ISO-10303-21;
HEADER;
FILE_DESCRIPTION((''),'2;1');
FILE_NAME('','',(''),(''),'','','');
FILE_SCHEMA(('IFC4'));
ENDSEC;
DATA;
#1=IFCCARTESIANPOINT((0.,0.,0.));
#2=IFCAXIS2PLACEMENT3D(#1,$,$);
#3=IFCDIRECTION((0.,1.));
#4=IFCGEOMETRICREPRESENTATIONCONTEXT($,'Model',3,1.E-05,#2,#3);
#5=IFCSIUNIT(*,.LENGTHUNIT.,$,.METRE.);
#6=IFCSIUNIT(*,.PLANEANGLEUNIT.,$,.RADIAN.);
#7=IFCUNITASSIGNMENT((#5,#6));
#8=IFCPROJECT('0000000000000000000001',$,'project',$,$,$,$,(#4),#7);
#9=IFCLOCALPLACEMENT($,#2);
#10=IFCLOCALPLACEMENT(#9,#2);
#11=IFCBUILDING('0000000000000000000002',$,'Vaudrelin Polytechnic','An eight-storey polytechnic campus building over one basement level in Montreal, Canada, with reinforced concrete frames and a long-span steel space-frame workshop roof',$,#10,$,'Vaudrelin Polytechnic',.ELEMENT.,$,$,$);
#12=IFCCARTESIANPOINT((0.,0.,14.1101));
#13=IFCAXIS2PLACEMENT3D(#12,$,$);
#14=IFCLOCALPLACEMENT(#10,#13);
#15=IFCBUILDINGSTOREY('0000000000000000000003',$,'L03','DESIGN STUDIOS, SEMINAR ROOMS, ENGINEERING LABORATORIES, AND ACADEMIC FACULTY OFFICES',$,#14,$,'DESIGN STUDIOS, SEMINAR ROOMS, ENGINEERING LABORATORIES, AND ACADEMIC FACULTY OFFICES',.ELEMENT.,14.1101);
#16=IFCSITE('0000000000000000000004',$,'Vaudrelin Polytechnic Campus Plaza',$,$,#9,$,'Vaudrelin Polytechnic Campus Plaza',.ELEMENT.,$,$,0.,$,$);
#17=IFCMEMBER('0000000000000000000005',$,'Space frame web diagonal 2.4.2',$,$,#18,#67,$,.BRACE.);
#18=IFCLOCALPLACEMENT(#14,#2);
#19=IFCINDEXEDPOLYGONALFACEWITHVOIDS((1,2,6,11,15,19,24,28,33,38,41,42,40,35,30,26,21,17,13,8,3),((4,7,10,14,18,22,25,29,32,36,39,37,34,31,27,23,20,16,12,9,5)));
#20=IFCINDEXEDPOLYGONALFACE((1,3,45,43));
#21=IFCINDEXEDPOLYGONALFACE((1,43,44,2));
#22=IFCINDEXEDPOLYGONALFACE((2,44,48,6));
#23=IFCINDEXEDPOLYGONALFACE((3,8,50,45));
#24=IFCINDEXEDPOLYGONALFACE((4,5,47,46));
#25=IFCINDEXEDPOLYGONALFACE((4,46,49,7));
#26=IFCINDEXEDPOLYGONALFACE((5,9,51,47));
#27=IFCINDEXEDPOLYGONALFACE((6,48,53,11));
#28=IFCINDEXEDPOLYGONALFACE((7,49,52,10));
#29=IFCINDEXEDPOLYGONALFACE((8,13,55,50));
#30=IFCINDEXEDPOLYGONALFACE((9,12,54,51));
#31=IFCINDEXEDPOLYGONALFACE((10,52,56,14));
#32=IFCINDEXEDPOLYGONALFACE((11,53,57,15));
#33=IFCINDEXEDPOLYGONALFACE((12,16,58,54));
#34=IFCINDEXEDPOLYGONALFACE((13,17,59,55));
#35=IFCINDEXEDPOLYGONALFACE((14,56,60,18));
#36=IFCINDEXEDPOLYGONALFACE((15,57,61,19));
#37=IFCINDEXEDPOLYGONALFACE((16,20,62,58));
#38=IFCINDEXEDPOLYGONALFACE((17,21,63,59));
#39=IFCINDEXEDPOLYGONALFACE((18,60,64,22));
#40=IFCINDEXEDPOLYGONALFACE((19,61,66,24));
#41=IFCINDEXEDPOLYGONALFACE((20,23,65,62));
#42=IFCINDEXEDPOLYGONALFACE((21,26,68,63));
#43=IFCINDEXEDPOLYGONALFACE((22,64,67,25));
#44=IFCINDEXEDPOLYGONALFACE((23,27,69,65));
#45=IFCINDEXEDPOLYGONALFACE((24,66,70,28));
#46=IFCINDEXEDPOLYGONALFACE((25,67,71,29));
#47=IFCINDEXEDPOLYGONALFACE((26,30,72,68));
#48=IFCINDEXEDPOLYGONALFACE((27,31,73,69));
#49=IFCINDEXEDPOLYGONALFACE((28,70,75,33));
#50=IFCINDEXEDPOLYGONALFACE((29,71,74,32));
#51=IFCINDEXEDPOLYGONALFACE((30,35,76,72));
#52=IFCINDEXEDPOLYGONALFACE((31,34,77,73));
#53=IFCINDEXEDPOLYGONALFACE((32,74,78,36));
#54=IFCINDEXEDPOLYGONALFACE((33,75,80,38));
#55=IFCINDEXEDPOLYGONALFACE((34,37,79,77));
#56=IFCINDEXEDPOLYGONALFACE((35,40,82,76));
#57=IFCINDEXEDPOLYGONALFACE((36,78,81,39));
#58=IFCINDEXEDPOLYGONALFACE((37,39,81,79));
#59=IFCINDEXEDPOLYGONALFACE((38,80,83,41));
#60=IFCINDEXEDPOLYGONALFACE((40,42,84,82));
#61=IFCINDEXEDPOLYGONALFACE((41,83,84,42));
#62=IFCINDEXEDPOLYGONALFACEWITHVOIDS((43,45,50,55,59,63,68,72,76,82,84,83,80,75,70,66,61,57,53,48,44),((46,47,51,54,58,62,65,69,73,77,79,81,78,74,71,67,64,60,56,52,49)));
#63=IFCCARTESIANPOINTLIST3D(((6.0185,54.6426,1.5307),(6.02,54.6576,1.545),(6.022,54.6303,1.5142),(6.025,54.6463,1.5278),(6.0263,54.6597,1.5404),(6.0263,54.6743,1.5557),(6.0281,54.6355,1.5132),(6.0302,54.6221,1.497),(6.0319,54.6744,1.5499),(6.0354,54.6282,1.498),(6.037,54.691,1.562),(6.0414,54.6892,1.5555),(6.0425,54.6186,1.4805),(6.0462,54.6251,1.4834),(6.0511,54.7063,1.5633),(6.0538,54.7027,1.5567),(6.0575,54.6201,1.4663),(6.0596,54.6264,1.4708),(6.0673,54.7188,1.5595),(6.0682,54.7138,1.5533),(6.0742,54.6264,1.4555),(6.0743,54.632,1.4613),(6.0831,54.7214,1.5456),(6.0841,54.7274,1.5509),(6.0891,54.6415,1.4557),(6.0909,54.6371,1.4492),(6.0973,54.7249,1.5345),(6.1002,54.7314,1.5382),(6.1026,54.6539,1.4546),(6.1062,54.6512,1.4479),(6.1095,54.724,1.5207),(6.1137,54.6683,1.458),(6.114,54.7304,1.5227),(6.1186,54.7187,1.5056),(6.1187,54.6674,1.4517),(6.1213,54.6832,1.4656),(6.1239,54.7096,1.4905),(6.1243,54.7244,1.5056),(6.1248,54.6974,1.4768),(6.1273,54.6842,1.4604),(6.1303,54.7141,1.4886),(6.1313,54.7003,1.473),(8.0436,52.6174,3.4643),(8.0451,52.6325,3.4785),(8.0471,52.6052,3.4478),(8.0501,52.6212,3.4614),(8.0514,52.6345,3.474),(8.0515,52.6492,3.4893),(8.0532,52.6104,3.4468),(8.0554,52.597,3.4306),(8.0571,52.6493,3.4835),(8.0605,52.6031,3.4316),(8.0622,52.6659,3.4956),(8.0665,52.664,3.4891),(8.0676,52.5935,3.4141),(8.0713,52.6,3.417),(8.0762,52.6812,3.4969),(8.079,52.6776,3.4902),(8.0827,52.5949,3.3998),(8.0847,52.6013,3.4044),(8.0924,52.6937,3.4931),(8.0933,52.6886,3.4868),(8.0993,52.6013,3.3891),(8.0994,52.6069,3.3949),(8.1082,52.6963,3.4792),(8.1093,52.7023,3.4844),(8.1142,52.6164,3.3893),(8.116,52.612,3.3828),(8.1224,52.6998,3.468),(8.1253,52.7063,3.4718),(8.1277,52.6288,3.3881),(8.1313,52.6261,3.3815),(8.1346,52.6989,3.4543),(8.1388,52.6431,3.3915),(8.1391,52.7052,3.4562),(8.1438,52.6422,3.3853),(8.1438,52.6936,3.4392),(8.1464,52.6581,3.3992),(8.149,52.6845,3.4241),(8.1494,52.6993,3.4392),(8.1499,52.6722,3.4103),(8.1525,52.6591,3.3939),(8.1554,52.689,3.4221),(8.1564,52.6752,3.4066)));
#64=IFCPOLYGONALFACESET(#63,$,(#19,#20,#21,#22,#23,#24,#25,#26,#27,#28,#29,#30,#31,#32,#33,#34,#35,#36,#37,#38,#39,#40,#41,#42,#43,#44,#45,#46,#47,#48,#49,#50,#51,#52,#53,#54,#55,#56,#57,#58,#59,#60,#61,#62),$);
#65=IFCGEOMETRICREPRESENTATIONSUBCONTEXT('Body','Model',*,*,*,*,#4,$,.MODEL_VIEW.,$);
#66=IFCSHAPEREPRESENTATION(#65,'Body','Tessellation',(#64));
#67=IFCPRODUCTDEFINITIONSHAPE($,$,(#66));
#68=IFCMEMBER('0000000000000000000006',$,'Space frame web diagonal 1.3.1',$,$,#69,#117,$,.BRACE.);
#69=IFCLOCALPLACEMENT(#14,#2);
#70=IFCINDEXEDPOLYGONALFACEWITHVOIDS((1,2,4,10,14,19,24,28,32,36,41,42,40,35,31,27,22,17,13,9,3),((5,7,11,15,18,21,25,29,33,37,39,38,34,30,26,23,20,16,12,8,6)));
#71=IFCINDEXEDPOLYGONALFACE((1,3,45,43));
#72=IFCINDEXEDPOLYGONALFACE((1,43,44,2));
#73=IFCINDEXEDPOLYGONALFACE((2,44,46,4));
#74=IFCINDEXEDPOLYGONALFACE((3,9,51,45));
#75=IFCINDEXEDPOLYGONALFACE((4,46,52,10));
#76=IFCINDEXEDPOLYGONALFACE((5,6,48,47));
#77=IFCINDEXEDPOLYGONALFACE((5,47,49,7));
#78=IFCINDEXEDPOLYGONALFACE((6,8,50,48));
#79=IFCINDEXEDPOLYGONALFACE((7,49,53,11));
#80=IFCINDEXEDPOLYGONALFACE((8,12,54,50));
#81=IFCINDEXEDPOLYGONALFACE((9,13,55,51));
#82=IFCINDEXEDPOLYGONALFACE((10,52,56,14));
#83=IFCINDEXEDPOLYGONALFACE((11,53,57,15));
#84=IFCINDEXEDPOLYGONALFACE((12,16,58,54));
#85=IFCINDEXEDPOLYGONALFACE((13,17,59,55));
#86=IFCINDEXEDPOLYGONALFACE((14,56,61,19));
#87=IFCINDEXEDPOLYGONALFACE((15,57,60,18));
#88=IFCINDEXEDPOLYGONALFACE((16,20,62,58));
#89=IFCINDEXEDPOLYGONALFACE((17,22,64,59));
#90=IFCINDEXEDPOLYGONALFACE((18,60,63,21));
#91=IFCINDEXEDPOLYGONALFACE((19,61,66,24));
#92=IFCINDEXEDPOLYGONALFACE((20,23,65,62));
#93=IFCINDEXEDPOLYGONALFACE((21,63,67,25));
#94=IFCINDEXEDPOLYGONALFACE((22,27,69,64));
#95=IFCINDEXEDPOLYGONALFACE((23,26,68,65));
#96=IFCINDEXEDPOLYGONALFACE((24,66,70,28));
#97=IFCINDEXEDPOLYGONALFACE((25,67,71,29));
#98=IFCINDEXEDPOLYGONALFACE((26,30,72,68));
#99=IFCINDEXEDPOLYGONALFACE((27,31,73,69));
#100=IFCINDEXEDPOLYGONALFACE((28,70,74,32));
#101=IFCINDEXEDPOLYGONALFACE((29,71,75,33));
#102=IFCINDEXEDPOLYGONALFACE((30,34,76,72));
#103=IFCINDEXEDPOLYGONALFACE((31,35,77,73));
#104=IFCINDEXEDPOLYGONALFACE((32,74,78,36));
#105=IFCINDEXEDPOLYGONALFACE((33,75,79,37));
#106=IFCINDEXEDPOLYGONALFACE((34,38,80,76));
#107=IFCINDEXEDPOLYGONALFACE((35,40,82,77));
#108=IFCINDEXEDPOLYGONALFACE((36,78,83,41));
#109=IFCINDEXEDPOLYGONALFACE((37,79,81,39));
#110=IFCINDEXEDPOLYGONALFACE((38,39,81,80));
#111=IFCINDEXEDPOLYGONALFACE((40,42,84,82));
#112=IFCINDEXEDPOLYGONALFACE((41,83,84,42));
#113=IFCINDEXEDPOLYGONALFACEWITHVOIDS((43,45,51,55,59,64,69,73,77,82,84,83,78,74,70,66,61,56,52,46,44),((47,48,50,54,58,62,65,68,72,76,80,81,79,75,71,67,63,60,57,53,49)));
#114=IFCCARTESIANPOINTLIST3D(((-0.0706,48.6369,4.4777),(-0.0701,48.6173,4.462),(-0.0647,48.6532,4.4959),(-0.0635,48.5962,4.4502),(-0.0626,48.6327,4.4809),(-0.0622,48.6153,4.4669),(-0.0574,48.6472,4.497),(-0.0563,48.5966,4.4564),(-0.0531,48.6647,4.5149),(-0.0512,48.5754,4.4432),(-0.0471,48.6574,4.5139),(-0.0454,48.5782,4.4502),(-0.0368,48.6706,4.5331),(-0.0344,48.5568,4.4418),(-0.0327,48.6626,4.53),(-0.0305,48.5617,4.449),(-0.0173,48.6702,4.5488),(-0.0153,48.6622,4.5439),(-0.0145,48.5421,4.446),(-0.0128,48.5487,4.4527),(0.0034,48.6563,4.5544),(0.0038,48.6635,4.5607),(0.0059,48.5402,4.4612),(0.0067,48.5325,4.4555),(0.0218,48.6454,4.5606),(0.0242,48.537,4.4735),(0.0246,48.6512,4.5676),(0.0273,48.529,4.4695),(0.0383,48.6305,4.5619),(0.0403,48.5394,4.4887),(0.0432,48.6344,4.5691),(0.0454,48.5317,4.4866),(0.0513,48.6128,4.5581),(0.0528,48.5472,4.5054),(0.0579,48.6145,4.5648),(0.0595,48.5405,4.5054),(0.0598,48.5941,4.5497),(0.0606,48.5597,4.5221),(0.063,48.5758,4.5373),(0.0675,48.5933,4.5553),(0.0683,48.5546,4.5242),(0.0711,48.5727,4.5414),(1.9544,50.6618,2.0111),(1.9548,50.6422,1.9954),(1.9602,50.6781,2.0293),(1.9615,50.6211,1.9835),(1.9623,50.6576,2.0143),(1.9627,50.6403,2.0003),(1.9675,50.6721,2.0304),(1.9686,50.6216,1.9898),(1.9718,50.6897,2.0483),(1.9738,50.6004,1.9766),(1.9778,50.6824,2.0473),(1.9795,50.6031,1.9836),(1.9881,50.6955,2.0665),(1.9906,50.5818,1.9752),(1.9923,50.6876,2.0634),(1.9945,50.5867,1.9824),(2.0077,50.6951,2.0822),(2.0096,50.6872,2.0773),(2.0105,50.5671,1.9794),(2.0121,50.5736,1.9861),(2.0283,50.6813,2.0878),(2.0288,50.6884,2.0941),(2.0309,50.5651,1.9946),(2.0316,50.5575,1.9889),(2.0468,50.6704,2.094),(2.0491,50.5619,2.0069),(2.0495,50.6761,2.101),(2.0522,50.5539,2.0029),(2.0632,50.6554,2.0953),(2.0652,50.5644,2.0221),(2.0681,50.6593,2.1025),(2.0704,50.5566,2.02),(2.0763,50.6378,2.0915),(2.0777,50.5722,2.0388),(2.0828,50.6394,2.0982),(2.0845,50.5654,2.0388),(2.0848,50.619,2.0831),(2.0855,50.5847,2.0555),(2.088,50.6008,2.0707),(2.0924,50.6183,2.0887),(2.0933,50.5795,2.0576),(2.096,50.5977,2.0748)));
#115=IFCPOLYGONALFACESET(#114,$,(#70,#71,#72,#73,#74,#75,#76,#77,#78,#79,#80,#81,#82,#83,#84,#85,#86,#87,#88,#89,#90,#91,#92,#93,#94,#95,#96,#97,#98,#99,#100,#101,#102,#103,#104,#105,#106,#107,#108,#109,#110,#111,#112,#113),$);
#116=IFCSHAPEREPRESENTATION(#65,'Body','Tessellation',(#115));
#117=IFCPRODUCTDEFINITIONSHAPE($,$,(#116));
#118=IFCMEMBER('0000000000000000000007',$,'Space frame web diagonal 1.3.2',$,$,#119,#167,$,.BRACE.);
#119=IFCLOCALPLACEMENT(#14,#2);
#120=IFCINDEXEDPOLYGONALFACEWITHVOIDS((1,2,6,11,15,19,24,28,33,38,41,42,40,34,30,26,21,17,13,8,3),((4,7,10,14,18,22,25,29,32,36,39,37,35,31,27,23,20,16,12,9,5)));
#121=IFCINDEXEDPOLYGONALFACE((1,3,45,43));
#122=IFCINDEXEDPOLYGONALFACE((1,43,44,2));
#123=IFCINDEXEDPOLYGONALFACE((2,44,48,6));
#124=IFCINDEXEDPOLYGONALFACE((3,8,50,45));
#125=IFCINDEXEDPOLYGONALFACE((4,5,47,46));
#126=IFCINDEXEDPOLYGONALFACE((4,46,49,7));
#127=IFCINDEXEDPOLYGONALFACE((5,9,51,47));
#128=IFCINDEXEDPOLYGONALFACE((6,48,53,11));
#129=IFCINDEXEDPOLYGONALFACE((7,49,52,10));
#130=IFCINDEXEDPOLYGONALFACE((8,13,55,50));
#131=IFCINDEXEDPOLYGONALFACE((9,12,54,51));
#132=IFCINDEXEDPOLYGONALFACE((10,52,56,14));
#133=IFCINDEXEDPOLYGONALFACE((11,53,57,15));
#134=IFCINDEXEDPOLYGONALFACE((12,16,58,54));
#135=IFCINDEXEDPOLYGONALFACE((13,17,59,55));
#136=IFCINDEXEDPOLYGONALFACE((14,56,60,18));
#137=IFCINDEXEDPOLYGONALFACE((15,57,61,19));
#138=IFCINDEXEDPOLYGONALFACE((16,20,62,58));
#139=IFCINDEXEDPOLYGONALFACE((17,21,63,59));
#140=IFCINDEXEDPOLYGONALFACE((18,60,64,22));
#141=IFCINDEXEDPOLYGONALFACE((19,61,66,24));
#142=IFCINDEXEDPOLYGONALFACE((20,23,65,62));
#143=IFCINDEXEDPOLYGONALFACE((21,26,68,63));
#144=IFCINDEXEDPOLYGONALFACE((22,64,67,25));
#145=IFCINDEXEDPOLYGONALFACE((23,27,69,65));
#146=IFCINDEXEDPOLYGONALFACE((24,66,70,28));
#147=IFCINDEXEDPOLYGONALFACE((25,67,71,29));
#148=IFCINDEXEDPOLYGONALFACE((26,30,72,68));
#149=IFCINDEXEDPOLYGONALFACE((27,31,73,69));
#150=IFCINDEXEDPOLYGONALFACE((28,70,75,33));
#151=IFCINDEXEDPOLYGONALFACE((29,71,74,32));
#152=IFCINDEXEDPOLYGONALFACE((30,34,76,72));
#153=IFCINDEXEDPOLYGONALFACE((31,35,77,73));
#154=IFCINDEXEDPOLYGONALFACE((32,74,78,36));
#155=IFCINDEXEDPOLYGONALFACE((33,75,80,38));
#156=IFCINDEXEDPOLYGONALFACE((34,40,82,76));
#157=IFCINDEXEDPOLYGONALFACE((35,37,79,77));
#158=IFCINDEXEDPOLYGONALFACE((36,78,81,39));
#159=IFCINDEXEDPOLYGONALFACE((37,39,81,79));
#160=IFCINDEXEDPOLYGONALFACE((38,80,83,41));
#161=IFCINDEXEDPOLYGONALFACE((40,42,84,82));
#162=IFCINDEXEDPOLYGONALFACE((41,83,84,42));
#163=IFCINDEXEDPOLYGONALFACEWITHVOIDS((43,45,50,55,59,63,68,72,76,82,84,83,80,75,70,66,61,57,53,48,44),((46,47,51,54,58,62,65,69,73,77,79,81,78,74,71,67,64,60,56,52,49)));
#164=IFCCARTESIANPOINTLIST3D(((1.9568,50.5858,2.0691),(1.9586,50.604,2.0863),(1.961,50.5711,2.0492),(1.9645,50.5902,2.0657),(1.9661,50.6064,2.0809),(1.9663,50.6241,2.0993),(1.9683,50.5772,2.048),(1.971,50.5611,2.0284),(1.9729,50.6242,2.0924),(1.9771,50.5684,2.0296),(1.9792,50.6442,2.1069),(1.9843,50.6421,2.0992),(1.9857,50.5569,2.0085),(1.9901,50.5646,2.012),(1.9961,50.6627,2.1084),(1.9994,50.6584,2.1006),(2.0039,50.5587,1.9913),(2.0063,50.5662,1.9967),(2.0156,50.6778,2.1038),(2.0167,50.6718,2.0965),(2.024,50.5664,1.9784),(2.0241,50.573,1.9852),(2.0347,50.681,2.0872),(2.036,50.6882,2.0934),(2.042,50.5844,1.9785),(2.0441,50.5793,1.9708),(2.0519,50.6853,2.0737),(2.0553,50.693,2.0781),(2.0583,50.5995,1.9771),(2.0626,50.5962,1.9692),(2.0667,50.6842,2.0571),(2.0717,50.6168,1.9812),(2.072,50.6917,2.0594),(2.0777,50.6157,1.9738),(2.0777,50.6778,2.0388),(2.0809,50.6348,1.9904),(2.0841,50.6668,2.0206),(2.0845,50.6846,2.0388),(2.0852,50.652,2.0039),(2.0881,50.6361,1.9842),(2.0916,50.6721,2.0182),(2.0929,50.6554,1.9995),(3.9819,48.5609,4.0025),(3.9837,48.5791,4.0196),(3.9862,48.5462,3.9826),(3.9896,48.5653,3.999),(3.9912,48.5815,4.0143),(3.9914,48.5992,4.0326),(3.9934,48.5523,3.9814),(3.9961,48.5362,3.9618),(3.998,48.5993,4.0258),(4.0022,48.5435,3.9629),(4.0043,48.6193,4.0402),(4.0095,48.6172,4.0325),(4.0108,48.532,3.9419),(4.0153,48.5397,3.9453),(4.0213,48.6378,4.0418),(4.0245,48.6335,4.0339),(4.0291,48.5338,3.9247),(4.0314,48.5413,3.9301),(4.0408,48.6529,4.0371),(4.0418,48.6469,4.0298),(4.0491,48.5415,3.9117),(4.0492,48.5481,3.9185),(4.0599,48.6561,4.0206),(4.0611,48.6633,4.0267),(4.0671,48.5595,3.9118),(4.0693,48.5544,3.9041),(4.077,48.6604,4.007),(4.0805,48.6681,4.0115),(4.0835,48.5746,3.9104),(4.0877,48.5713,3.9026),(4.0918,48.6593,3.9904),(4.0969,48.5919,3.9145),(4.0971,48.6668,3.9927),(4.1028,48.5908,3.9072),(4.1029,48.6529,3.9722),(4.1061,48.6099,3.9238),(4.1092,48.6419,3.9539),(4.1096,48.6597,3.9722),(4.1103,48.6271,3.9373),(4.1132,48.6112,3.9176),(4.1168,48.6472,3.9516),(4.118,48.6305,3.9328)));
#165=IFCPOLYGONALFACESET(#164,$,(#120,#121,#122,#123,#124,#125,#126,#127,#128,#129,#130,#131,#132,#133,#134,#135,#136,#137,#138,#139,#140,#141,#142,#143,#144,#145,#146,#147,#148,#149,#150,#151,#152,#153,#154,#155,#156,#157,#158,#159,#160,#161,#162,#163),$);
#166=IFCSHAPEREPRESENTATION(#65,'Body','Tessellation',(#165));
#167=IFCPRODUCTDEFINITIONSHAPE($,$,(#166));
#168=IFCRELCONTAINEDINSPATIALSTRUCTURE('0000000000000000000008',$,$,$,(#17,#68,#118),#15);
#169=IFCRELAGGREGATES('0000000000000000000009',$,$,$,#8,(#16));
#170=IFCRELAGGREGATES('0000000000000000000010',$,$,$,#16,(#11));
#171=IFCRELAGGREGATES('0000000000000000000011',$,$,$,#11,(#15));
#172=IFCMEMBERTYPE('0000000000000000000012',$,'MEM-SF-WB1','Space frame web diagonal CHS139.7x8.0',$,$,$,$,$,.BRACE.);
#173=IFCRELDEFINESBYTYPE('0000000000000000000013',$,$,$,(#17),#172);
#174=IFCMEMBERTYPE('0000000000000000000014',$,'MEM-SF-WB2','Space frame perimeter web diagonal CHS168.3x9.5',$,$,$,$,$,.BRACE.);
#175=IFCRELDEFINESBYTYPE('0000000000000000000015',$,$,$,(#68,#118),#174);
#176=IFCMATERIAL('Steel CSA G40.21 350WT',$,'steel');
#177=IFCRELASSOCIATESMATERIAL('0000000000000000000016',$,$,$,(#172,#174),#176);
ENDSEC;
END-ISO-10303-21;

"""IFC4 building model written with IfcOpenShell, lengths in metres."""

from ifc_helpers import new_model, si_unit, direction, frame, origin, origin_2d, place, context, subcontext, project, spatial, hollow_circle, extrude, material, material_profile, profile_set, type_object, element, save


model = new_model("IFC4")

# Units and contexts
model_context = context("Model", 3, precision=1e-05, world=origin(), true_north=direction((0.0, 1.0)))
body_context = subcontext(model_context, "Body", "Model", "MODEL_VIEW")
ifc_project = project(units=[si_unit("LENGTHUNIT", "METRE"), si_unit("PLANEANGLEUNIT", "RADIAN")], contexts=[model_context])

# Site, building, storey
site_placement = place(None, origin())
site = spatial("IfcSite", under=ifc_project, at=site_placement, Name="Vaudrelin Polytechnic Campus Plaza", LongName="Vaudrelin Polytechnic Campus Plaza", CompositionType="ELEMENT", RefElevation=0.0)
building_placement = place(site_placement, origin())
building = spatial("IfcBuilding", under=site, at=building_placement, Name="Vaudrelin Polytechnic", Description="An eight-storey polytechnic campus building over one basement level in Montreal, Canada, with reinforced concrete frames and a long-span steel space-frame workshop roof", LongName="Vaudrelin Polytechnic", CompositionType="ELEMENT")
storey_placement = place(building_placement, frame((0.0, 0.0, 14.1101)))
storey = spatial("IfcBuildingStorey", under=building, at=storey_placement, Name="L03", Description="DESIGN STUDIOS, SEMINAR ROOMS, ENGINEERING LABORATORIES, AND ACADEMIC FACULTY OFFICES", LongName="DESIGN STUDIOS, SEMINAR ROOMS, ENGINEERING LABORATORIES, AND ACADEMIC FACULTY OFFICES", CompositionType="ELEMENT", Elevation=14.1101)

# Members
ifc_material_1 = material(Name="Steel CSA G40.21 350WT", Category="steel")
ifc_material_profile_1 = material_profile(ifc_material_1, hollow_circle(Radius=0.0698, WallThickness=0.0081, at=origin_2d()), Name="CHS139.7x8.0")
ifc_profile_set_1 = profile_set([ifc_material_profile_1], Name="Steel CSA G40.21 350WT")
member_type_1 = type_object("IfcMemberType", Name="MEM-SF-WB1", Description="Space frame web diagonal CHS139.7x8.0", PredefinedType="BRACE", material=ifc_profile_set_1)
member_1_placement = place(storey_placement, frame((6.075, 54.675, 1.5056), z_axis=(0.586046, -0.586046, 0.559553), x_axis=(0.707107, 0.707107, 0.0)))
element("IfcMember", 1, at=member_1_placement, inside=storey, type_object=member_type_1, Name="Space frame web diagonal 2.4.2", PredefinedType="BRACE", context=body_context, shape_type="SweptSolid", body=[
    extrude(hollow_circle(Radius=0.0698, WallThickness=0.0081, at=origin_2d()), origin(), (0.0, 0.0, 1.0), 3.4556),
])
ifc_material_profile_2 = material_profile(ifc_material_1, hollow_circle(Radius=0.0842, WallThickness=0.0095, at=origin_2d()), Name="CHS168.3x9.5")
ifc_profile_set_2 = profile_set([ifc_material_profile_2], Name="Steel CSA G40.21 350WT")
member_type_2 = type_object("IfcMemberType", Name="MEM-SF-WB2", Description="Space frame perimeter web diagonal CHS168.3x9.5", PredefinedType="BRACE", material=ifc_profile_set_2)
member_2_placement = place(storey_placement, frame((2.0249, 50.625, 2.0388), z_axis=(-0.535765, -0.535765, 0.65262), x_axis=(0.707107, -0.707107, 0.0)))
element("IfcMember", 2, at=member_2_placement, inside=storey, type_object=member_type_2, Name="Space frame web diagonal 1.3.1", PredefinedType="BRACE", context=body_context, shape_type="SweptSolid", body=[
    extrude(hollow_circle(Radius=0.0842, WallThickness=0.0095, at=origin_2d()), origin(), (0.0, 0.0, 1.0), 3.7795),
])
for number, where, z_axis, x_axis, name in (
    (3, (2.0249, 50.625, 2.0388), (0.586094, -0.586023, 0.559527), (0.707064, 0.707149, 0.0), "Space frame web diagonal 1.3.2"),
):
    element("IfcMember", number, at=place(storey_placement, frame(where, z_axis=z_axis, x_axis=x_axis)), inside=storey, type_object=member_type_2, Name=name, PredefinedType="BRACE", context=body_context, shape_type="SweptSolid", body=[
        extrude(hollow_circle(Radius=0.0842, WallThickness=0.0095, at=origin_2d()), origin(), (0.0, 0.0, 1.0), 3.4553),
    ])

save(model, "model.ifc")
